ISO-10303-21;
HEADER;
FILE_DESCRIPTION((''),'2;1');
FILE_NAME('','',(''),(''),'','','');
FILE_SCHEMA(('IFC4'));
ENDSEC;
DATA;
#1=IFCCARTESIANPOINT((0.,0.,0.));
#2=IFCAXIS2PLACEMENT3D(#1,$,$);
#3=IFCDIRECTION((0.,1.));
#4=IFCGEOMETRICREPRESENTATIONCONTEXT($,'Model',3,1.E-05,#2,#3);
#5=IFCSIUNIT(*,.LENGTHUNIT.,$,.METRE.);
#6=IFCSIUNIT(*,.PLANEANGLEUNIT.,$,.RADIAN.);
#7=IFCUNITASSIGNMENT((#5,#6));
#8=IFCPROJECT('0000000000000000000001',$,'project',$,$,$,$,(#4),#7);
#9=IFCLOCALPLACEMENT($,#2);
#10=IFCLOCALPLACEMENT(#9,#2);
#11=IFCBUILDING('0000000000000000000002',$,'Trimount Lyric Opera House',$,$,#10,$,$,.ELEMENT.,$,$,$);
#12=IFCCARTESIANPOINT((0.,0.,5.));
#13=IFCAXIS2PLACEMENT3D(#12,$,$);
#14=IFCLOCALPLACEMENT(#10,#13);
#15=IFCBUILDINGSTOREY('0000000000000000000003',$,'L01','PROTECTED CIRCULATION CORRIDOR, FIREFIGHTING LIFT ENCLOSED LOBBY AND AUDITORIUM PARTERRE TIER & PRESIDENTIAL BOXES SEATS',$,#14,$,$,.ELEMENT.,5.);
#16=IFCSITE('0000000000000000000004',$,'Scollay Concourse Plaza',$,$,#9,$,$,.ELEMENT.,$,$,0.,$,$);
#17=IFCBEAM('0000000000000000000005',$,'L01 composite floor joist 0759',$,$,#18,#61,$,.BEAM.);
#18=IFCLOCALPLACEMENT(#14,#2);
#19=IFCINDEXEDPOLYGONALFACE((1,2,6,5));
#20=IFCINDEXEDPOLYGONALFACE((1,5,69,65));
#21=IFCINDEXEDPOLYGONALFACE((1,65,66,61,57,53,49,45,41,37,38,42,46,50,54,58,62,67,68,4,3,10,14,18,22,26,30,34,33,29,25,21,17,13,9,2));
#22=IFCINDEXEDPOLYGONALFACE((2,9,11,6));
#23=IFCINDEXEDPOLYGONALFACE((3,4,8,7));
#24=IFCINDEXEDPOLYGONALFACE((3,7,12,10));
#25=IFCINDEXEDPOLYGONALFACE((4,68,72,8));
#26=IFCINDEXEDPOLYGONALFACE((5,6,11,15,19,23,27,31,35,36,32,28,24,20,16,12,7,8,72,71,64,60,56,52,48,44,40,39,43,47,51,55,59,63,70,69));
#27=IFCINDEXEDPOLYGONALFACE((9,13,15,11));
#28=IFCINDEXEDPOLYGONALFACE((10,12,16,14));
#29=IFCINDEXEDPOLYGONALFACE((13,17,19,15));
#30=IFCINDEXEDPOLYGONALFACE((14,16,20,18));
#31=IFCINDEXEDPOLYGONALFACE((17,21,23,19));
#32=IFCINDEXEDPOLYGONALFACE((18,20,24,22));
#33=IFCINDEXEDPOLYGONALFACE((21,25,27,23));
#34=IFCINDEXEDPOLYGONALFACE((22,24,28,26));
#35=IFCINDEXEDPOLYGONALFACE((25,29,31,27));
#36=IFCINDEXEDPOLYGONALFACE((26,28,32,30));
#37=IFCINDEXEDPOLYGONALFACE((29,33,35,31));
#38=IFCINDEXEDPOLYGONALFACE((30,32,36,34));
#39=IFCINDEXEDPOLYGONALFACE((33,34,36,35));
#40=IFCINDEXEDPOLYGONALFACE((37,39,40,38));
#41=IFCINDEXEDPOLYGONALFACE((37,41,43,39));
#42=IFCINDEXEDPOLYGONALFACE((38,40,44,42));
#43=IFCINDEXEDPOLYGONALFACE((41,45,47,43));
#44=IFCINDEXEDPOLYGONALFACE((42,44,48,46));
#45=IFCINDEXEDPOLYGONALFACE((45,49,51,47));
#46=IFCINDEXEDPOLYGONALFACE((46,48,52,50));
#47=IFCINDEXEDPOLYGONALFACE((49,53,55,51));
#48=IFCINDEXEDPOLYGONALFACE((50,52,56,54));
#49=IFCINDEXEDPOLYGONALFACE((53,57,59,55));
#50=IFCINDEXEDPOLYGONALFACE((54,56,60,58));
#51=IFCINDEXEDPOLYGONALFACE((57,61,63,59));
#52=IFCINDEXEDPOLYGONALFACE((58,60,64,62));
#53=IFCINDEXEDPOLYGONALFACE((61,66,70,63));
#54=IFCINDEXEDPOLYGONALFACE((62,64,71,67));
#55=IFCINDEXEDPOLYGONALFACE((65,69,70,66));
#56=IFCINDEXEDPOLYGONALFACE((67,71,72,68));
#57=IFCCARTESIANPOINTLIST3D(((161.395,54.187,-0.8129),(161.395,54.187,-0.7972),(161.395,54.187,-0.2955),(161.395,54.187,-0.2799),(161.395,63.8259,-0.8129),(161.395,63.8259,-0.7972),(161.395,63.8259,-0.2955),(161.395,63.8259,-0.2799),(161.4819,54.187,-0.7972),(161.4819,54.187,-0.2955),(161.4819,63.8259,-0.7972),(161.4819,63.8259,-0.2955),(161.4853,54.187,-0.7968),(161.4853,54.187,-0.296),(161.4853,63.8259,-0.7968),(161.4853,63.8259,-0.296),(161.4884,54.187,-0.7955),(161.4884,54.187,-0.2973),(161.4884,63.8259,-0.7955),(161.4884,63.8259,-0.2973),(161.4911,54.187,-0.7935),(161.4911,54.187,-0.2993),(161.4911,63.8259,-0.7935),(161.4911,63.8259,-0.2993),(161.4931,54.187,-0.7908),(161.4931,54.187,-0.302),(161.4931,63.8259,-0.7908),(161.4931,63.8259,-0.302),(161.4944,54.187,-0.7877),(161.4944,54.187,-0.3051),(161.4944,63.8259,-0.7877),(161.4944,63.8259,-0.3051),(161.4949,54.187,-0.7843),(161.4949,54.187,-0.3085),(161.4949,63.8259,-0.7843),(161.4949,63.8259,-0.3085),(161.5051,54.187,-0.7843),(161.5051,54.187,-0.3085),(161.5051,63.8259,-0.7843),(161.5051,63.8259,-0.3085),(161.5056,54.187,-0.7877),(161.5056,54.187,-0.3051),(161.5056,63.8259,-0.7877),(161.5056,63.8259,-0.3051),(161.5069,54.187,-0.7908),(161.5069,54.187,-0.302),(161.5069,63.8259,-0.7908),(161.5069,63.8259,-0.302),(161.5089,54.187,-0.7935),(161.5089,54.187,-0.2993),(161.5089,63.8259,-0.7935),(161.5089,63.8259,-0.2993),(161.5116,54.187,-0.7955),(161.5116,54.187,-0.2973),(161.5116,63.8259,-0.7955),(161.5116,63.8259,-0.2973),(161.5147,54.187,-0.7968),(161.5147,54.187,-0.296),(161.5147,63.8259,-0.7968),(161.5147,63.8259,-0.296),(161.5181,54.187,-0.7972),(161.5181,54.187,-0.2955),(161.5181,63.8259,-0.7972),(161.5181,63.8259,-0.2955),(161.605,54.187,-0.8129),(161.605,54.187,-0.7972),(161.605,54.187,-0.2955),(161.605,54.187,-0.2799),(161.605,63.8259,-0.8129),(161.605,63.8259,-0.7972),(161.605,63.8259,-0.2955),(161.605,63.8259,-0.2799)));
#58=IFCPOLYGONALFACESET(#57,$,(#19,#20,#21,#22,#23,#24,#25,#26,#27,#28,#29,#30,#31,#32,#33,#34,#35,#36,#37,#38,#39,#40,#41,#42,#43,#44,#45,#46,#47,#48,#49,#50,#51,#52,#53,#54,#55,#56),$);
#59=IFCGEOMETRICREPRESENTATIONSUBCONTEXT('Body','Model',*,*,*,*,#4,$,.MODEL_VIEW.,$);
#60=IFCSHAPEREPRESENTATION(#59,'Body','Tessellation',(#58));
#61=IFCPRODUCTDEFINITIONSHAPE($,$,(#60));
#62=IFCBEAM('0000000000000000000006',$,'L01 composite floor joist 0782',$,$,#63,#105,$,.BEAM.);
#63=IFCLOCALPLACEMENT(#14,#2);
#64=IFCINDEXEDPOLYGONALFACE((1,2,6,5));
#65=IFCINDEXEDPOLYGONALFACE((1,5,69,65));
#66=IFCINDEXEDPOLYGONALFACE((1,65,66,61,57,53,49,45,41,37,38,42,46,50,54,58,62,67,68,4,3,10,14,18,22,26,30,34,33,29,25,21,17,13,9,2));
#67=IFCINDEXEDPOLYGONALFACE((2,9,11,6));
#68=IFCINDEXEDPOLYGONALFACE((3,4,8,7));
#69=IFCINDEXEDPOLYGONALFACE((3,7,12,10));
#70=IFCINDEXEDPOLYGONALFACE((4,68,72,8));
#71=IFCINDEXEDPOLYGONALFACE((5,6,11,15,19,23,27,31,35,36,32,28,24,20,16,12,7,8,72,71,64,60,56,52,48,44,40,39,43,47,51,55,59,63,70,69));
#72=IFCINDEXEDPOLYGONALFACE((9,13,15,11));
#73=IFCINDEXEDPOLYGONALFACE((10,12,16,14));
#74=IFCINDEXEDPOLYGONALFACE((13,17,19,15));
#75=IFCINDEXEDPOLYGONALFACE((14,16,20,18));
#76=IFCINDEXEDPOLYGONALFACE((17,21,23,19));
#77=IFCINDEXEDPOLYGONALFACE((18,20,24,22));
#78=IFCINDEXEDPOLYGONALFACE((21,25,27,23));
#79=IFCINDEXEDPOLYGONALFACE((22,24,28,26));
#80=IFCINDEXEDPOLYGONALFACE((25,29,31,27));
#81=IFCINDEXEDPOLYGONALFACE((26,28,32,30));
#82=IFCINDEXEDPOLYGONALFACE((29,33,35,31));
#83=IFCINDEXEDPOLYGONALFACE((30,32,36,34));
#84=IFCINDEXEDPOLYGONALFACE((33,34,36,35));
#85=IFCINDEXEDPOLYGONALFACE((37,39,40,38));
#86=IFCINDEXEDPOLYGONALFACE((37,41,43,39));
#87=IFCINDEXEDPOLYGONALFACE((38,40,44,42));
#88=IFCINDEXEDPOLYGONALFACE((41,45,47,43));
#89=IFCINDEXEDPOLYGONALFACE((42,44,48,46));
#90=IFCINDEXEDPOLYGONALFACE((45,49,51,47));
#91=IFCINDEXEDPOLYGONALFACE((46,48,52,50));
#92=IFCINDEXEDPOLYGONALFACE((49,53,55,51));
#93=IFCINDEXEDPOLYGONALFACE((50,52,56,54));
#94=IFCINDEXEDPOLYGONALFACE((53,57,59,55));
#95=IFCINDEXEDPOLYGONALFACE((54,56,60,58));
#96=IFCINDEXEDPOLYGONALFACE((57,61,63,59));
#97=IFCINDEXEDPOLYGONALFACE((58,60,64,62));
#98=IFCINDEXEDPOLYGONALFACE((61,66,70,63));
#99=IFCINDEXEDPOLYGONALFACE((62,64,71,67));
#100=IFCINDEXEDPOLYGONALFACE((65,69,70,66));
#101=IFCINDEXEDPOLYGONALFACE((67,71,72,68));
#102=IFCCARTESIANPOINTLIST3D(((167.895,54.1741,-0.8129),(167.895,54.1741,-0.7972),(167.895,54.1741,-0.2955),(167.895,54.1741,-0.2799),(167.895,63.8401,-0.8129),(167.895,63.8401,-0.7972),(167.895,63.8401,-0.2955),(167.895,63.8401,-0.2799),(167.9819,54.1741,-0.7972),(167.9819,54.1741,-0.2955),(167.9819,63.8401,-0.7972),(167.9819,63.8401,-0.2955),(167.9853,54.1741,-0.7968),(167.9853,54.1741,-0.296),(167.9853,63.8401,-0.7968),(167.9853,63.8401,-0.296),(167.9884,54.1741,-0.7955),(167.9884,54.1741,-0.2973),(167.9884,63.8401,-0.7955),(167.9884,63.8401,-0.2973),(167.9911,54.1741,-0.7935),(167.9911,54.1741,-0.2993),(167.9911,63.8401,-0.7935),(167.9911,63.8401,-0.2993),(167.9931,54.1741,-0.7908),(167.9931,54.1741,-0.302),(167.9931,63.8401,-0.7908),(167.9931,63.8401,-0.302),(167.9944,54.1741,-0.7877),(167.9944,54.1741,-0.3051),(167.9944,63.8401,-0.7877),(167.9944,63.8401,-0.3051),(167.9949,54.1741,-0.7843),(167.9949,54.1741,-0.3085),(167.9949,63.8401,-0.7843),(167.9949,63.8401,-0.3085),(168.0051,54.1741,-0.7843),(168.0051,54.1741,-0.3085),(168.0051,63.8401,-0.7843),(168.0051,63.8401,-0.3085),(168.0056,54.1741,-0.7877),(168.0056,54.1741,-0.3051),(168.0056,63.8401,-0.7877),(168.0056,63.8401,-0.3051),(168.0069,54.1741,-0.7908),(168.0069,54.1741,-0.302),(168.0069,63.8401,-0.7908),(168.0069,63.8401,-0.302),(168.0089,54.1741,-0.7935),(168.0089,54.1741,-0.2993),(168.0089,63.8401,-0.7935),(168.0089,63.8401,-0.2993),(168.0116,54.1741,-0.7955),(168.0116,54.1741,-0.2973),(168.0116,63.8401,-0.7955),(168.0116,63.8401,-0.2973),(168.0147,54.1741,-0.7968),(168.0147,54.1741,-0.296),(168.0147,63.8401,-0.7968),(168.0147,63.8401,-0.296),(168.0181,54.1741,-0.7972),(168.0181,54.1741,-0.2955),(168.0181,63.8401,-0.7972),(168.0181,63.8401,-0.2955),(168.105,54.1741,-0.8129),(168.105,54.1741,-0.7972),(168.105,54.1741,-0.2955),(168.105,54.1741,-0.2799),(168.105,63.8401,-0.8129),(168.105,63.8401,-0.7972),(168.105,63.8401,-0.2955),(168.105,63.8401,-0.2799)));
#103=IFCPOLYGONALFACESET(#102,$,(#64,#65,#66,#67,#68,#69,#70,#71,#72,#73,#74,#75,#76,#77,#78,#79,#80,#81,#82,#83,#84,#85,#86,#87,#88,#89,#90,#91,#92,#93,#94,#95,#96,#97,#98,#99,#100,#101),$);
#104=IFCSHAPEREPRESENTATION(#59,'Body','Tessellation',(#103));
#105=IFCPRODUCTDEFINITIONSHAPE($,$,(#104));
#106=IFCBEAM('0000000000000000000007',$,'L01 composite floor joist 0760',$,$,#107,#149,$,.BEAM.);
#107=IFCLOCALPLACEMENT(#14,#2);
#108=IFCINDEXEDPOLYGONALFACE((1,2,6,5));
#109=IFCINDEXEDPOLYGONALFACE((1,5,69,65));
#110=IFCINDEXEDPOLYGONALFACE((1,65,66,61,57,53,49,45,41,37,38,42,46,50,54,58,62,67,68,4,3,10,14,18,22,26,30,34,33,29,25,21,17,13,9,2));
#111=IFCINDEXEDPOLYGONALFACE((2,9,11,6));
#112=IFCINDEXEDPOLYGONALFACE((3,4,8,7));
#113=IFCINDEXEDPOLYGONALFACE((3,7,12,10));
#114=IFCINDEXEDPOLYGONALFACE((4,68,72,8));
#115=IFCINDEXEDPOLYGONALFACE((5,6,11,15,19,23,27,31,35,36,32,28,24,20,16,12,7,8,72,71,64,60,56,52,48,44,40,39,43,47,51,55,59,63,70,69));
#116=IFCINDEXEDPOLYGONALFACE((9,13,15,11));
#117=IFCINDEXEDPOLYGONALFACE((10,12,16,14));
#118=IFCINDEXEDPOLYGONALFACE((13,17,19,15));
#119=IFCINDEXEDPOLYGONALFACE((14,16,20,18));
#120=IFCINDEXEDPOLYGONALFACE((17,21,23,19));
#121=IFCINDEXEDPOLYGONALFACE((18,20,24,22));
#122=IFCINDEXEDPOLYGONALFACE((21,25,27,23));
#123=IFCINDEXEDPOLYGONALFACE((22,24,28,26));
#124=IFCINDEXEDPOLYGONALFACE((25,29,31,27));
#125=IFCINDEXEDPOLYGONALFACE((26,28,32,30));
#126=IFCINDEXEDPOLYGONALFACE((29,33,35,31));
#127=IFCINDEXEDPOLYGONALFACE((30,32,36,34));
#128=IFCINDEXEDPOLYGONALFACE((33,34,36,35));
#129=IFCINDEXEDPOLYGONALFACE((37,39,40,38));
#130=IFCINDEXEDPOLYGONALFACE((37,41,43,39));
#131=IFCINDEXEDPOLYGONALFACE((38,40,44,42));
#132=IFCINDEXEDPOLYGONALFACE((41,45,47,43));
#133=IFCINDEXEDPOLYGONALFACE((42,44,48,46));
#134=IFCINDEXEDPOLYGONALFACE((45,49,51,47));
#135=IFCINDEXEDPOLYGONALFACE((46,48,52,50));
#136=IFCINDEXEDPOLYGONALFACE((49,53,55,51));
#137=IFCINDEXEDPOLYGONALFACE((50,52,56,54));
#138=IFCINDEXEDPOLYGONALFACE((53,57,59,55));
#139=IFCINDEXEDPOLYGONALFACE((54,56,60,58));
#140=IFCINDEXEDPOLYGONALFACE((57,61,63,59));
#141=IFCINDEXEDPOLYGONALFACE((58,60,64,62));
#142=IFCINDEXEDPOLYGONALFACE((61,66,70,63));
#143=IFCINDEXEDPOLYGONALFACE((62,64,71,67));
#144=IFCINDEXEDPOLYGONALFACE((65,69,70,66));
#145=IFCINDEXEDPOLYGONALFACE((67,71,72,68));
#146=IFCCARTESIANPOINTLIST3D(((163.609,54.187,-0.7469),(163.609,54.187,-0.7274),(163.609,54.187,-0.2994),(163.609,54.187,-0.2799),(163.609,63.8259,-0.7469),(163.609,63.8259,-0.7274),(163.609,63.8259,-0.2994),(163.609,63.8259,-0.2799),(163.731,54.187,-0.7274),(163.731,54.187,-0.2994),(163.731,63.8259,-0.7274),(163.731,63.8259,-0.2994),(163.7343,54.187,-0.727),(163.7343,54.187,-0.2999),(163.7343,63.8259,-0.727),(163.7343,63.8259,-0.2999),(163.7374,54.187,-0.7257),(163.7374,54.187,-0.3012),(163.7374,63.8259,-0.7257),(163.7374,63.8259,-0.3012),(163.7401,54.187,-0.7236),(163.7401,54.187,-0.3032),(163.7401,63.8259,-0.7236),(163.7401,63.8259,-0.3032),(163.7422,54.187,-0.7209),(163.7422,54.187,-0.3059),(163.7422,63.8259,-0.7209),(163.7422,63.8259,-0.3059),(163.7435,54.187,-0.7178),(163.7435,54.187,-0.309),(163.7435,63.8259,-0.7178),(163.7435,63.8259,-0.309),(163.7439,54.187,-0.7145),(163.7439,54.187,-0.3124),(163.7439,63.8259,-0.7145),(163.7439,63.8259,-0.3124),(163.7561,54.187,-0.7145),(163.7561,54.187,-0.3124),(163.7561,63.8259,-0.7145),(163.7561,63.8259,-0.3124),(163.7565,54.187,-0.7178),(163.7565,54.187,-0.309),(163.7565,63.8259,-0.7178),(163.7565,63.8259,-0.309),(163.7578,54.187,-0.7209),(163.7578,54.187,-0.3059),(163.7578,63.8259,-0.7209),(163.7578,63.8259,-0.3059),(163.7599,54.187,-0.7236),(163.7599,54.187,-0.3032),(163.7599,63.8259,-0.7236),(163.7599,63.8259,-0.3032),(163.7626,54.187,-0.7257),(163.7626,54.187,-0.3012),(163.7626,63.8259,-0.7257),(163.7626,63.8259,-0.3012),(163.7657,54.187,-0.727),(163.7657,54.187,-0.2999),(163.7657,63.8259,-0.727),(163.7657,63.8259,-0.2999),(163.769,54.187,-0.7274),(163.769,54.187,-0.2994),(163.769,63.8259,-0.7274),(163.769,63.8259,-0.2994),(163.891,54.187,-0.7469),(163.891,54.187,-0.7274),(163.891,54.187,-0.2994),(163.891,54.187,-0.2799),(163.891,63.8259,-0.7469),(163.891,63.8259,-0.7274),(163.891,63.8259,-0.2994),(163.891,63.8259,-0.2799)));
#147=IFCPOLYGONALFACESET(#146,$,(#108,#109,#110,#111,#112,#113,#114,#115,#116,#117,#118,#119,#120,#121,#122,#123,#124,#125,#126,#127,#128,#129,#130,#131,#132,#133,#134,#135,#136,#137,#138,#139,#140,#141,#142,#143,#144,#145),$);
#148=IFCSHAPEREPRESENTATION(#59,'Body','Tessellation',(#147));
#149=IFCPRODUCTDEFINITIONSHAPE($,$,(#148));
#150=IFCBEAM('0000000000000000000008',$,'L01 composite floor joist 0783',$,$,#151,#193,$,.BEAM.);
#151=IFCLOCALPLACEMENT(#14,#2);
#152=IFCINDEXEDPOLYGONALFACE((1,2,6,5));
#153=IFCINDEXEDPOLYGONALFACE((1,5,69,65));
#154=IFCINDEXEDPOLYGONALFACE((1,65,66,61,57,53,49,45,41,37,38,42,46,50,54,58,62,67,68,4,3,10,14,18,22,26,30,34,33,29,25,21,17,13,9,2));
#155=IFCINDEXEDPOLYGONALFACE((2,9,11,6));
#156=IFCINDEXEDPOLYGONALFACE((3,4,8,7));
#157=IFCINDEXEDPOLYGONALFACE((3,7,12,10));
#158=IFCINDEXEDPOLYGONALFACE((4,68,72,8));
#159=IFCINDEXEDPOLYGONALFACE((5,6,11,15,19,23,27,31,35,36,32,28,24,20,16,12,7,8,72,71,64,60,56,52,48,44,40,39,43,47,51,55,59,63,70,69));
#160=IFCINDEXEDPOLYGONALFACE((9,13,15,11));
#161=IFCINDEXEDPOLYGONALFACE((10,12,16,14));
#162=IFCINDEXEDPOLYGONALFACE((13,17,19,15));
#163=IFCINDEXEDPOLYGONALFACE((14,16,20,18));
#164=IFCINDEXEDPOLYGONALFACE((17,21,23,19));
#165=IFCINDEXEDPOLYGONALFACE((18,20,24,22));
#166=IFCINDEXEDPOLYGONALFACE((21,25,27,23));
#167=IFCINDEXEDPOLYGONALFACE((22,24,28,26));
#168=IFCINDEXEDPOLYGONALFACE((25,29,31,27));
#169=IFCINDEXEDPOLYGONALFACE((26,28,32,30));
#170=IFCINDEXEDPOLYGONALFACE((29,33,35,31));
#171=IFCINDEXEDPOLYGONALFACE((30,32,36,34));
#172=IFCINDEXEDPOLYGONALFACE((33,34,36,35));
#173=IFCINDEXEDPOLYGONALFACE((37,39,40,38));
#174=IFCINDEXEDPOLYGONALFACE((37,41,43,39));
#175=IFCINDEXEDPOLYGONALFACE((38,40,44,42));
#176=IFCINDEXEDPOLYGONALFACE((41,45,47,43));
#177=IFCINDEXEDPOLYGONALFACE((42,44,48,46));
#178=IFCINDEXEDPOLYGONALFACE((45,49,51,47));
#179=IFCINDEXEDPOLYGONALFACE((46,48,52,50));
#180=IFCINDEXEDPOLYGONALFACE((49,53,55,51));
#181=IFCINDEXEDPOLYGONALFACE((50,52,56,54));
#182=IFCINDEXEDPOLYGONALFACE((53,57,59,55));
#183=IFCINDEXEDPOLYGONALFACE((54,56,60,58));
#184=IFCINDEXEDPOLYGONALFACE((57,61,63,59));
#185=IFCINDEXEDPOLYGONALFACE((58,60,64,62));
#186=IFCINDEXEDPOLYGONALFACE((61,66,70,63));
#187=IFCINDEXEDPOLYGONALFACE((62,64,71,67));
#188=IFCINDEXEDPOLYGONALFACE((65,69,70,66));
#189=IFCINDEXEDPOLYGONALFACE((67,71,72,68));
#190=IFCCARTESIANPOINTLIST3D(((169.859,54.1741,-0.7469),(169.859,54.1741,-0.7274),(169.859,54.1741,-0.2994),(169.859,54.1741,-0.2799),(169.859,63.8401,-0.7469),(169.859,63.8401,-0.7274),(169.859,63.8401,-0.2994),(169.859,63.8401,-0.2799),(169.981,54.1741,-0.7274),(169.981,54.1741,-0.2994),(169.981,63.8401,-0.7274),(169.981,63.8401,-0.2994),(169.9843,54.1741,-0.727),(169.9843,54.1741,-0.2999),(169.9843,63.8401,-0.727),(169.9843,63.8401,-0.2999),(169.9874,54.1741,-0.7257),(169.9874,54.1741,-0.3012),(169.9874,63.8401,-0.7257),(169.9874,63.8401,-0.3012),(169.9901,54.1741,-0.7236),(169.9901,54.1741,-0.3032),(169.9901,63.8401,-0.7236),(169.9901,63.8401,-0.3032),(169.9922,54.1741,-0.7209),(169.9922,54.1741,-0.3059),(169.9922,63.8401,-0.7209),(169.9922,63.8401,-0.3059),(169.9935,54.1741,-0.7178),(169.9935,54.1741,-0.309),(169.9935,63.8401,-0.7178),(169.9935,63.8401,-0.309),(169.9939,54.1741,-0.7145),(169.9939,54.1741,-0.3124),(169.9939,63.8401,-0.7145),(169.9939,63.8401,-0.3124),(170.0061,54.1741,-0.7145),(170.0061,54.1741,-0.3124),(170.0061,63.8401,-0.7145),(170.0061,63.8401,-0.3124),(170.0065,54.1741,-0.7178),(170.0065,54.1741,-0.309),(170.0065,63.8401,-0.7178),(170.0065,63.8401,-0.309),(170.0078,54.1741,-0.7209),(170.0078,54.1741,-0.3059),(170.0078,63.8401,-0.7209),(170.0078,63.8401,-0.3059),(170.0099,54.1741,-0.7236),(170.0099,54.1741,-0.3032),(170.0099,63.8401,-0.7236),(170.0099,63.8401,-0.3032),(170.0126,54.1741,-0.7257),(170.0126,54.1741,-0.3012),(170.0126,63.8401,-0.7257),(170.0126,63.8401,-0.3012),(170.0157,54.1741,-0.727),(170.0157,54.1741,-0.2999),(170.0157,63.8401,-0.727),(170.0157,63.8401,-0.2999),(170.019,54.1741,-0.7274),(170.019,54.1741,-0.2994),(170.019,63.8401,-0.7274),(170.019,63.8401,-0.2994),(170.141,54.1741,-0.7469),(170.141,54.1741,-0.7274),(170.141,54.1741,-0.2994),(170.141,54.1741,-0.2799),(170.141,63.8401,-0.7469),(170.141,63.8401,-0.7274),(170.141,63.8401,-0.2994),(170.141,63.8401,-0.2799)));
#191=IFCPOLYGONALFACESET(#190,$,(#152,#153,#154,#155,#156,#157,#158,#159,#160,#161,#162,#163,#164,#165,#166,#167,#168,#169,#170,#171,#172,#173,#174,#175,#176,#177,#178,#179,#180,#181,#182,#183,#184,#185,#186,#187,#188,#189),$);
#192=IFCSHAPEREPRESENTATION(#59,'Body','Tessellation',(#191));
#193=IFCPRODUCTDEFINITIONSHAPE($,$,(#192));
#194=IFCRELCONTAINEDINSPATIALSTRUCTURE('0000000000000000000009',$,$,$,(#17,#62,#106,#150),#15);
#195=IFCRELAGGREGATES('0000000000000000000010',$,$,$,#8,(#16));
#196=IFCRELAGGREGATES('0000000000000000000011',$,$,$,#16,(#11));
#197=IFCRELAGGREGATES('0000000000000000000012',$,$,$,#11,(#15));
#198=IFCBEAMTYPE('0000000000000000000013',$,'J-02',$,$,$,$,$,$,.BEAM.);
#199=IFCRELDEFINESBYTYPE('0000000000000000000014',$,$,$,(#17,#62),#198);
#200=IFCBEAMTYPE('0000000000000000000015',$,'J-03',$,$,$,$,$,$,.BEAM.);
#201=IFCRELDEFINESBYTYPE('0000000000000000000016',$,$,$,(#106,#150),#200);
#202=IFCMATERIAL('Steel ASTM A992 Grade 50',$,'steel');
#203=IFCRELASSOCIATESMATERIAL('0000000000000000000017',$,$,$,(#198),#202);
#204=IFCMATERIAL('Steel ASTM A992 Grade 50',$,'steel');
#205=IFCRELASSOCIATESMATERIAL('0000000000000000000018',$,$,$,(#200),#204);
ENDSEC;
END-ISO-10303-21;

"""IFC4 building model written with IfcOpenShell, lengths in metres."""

from ifc_helpers import new_model, si_unit, direction, frame, origin, origin_2d, place, context, subcontext, project, spatial, i_section, extrude, material, material_profile, profile_set, type_object, element, save


model = new_model("IFC4")

# Units and contexts
model_context = context("Model", 3, precision=1e-05, world=origin(), true_north=direction((0.0, 1.0)))
body_context = subcontext(model_context, "Body", "Model", "MODEL_VIEW")
ifc_project = project(units=[si_unit("LENGTHUNIT", "METRE"), si_unit("PLANEANGLEUNIT", "RADIAN")], contexts=[model_context])

# Site, building, storey
site_placement = place(None, origin())
site = spatial("IfcSite", under=ifc_project, at=site_placement, Name="Scollay Concourse Plaza", CompositionType="ELEMENT", RefElevation=0.0)
building_placement = place(site_placement, origin())
building = spatial("IfcBuilding", under=site, at=building_placement, Name="Trimount Lyric Opera House", CompositionType="ELEMENT")
storey_placement = place(building_placement, frame((0.0, 0.0, 5.0)))
storey = spatial("IfcBuildingStorey", under=building, at=storey_placement, Name="L01", Description="PROTECTED CIRCULATION CORRIDOR, FIREFIGHTING LIFT ENCLOSED LOBBY AND AUDITORIUM PARTERRE TIER & PRESIDENTIAL BOXES SEATS", CompositionType="ELEMENT", Elevation=5.0)

# Beams
ifc_material_1 = material(Name="Steel ASTM A992 Grade 50", Category="steel")
ifc_material_profile_1 = material_profile(ifc_material_1, i_section(OverallWidth=0.21, OverallDepth=0.533, WebThickness=0.0103, FlangeThickness=0.0156, FilletRadius=0.0129, at=origin_2d()), Name="W21X62")
ifc_profile_set_1 = profile_set([ifc_material_profile_1], Name="Steel ASTM A992 Grade 50")
beam_type_1 = type_object("IfcBeamType", Name="J-02", PredefinedType="BEAM", material=ifc_profile_set_1)
beam_1_placement = place(storey_placement, frame((161.5, 54.187, -0.5464), z_axis=(0.0, 1.0, 0.0), x_axis=(-1.0, 0.0, 0.0)))
element("IfcBeam", 1, at=beam_1_placement, inside=storey, type_object=beam_type_1, Name="L01 composite floor joist 0759", PredefinedType="BEAM", context=body_context, shape_type="SweptSolid", body=[
    extrude(i_section(OverallWidth=0.21, OverallDepth=0.533, WebThickness=0.0103, FlangeThickness=0.0156, FilletRadius=0.0129, at=origin_2d()), origin(), (0.0, 0.0, 1.0), 9.6389),
])
beam_2_placement = place(storey_placement, frame((168.0, 54.1741, -0.5464), z_axis=(0.0, 1.0, 0.0), x_axis=(-1.0, 0.0, 0.0)))
element("IfcBeam", 2, at=beam_2_placement, inside=storey, type_object=beam_type_1, Name="L01 composite floor joist 0782", PredefinedType="BEAM", context=body_context, shape_type="SweptSolid", body=[
    extrude(i_section(OverallWidth=0.21, OverallDepth=0.533, WebThickness=0.0103, FlangeThickness=0.0156, FilletRadius=0.0129, at=origin_2d()), origin(), (0.0, 0.0, 1.0), 9.666),
])
ifc_material_2 = material(Name="Steel ASTM A992 Grade 50", Category="steel")
ifc_material_profile_2 = material_profile(ifc_material_2, i_section(OverallWidth=0.282, OverallDepth=0.467, WebThickness=0.0122, FlangeThickness=0.0195, FilletRadius=0.0129, at=origin_2d()), Name="W18X86")
ifc_profile_set_2 = profile_set([ifc_material_profile_2], Name="Steel ASTM A992 Grade 50")
beam_type_2 = type_object("IfcBeamType", Name="J-03", PredefinedType="BEAM", material=ifc_profile_set_2)
beam_3_placement = place(storey_placement, frame((163.75, 54.187, -0.5134), z_axis=(0.0, 1.0, 0.0), x_axis=(-1.0, 0.0, 0.0)))
element("IfcBeam", 3, at=beam_3_placement, inside=storey, type_object=beam_type_2, Name="L01 composite floor joist 0760", PredefinedType="BEAM", context=body_context, shape_type="SweptSolid", body=[
    extrude(i_section(OverallWidth=0.282, OverallDepth=0.467, WebThickness=0.0122, FlangeThickness=0.0195, FilletRadius=0.0129, at=origin_2d()), origin(), (0.0, 0.0, 1.0), 9.6389),
])
beam_4_placement = place(storey_placement, frame((170.0, 54.1741, -0.5134), z_axis=(0.0, 1.0, 0.0), x_axis=(-1.0, 0.0, 0.0)))
element("IfcBeam", 4, at=beam_4_placement, inside=storey, type_object=beam_type_2, Name="L01 composite floor joist 0783", PredefinedType="BEAM", context=body_context, shape_type="SweptSolid", body=[
    extrude(i_section(OverallWidth=0.282, OverallDepth=0.467, WebThickness=0.0122, FlangeThickness=0.0195, FilletRadius=0.0129, at=origin_2d()), origin(), (0.0, 0.0, 1.0), 9.666),
])

save(model, "model.ifc")
